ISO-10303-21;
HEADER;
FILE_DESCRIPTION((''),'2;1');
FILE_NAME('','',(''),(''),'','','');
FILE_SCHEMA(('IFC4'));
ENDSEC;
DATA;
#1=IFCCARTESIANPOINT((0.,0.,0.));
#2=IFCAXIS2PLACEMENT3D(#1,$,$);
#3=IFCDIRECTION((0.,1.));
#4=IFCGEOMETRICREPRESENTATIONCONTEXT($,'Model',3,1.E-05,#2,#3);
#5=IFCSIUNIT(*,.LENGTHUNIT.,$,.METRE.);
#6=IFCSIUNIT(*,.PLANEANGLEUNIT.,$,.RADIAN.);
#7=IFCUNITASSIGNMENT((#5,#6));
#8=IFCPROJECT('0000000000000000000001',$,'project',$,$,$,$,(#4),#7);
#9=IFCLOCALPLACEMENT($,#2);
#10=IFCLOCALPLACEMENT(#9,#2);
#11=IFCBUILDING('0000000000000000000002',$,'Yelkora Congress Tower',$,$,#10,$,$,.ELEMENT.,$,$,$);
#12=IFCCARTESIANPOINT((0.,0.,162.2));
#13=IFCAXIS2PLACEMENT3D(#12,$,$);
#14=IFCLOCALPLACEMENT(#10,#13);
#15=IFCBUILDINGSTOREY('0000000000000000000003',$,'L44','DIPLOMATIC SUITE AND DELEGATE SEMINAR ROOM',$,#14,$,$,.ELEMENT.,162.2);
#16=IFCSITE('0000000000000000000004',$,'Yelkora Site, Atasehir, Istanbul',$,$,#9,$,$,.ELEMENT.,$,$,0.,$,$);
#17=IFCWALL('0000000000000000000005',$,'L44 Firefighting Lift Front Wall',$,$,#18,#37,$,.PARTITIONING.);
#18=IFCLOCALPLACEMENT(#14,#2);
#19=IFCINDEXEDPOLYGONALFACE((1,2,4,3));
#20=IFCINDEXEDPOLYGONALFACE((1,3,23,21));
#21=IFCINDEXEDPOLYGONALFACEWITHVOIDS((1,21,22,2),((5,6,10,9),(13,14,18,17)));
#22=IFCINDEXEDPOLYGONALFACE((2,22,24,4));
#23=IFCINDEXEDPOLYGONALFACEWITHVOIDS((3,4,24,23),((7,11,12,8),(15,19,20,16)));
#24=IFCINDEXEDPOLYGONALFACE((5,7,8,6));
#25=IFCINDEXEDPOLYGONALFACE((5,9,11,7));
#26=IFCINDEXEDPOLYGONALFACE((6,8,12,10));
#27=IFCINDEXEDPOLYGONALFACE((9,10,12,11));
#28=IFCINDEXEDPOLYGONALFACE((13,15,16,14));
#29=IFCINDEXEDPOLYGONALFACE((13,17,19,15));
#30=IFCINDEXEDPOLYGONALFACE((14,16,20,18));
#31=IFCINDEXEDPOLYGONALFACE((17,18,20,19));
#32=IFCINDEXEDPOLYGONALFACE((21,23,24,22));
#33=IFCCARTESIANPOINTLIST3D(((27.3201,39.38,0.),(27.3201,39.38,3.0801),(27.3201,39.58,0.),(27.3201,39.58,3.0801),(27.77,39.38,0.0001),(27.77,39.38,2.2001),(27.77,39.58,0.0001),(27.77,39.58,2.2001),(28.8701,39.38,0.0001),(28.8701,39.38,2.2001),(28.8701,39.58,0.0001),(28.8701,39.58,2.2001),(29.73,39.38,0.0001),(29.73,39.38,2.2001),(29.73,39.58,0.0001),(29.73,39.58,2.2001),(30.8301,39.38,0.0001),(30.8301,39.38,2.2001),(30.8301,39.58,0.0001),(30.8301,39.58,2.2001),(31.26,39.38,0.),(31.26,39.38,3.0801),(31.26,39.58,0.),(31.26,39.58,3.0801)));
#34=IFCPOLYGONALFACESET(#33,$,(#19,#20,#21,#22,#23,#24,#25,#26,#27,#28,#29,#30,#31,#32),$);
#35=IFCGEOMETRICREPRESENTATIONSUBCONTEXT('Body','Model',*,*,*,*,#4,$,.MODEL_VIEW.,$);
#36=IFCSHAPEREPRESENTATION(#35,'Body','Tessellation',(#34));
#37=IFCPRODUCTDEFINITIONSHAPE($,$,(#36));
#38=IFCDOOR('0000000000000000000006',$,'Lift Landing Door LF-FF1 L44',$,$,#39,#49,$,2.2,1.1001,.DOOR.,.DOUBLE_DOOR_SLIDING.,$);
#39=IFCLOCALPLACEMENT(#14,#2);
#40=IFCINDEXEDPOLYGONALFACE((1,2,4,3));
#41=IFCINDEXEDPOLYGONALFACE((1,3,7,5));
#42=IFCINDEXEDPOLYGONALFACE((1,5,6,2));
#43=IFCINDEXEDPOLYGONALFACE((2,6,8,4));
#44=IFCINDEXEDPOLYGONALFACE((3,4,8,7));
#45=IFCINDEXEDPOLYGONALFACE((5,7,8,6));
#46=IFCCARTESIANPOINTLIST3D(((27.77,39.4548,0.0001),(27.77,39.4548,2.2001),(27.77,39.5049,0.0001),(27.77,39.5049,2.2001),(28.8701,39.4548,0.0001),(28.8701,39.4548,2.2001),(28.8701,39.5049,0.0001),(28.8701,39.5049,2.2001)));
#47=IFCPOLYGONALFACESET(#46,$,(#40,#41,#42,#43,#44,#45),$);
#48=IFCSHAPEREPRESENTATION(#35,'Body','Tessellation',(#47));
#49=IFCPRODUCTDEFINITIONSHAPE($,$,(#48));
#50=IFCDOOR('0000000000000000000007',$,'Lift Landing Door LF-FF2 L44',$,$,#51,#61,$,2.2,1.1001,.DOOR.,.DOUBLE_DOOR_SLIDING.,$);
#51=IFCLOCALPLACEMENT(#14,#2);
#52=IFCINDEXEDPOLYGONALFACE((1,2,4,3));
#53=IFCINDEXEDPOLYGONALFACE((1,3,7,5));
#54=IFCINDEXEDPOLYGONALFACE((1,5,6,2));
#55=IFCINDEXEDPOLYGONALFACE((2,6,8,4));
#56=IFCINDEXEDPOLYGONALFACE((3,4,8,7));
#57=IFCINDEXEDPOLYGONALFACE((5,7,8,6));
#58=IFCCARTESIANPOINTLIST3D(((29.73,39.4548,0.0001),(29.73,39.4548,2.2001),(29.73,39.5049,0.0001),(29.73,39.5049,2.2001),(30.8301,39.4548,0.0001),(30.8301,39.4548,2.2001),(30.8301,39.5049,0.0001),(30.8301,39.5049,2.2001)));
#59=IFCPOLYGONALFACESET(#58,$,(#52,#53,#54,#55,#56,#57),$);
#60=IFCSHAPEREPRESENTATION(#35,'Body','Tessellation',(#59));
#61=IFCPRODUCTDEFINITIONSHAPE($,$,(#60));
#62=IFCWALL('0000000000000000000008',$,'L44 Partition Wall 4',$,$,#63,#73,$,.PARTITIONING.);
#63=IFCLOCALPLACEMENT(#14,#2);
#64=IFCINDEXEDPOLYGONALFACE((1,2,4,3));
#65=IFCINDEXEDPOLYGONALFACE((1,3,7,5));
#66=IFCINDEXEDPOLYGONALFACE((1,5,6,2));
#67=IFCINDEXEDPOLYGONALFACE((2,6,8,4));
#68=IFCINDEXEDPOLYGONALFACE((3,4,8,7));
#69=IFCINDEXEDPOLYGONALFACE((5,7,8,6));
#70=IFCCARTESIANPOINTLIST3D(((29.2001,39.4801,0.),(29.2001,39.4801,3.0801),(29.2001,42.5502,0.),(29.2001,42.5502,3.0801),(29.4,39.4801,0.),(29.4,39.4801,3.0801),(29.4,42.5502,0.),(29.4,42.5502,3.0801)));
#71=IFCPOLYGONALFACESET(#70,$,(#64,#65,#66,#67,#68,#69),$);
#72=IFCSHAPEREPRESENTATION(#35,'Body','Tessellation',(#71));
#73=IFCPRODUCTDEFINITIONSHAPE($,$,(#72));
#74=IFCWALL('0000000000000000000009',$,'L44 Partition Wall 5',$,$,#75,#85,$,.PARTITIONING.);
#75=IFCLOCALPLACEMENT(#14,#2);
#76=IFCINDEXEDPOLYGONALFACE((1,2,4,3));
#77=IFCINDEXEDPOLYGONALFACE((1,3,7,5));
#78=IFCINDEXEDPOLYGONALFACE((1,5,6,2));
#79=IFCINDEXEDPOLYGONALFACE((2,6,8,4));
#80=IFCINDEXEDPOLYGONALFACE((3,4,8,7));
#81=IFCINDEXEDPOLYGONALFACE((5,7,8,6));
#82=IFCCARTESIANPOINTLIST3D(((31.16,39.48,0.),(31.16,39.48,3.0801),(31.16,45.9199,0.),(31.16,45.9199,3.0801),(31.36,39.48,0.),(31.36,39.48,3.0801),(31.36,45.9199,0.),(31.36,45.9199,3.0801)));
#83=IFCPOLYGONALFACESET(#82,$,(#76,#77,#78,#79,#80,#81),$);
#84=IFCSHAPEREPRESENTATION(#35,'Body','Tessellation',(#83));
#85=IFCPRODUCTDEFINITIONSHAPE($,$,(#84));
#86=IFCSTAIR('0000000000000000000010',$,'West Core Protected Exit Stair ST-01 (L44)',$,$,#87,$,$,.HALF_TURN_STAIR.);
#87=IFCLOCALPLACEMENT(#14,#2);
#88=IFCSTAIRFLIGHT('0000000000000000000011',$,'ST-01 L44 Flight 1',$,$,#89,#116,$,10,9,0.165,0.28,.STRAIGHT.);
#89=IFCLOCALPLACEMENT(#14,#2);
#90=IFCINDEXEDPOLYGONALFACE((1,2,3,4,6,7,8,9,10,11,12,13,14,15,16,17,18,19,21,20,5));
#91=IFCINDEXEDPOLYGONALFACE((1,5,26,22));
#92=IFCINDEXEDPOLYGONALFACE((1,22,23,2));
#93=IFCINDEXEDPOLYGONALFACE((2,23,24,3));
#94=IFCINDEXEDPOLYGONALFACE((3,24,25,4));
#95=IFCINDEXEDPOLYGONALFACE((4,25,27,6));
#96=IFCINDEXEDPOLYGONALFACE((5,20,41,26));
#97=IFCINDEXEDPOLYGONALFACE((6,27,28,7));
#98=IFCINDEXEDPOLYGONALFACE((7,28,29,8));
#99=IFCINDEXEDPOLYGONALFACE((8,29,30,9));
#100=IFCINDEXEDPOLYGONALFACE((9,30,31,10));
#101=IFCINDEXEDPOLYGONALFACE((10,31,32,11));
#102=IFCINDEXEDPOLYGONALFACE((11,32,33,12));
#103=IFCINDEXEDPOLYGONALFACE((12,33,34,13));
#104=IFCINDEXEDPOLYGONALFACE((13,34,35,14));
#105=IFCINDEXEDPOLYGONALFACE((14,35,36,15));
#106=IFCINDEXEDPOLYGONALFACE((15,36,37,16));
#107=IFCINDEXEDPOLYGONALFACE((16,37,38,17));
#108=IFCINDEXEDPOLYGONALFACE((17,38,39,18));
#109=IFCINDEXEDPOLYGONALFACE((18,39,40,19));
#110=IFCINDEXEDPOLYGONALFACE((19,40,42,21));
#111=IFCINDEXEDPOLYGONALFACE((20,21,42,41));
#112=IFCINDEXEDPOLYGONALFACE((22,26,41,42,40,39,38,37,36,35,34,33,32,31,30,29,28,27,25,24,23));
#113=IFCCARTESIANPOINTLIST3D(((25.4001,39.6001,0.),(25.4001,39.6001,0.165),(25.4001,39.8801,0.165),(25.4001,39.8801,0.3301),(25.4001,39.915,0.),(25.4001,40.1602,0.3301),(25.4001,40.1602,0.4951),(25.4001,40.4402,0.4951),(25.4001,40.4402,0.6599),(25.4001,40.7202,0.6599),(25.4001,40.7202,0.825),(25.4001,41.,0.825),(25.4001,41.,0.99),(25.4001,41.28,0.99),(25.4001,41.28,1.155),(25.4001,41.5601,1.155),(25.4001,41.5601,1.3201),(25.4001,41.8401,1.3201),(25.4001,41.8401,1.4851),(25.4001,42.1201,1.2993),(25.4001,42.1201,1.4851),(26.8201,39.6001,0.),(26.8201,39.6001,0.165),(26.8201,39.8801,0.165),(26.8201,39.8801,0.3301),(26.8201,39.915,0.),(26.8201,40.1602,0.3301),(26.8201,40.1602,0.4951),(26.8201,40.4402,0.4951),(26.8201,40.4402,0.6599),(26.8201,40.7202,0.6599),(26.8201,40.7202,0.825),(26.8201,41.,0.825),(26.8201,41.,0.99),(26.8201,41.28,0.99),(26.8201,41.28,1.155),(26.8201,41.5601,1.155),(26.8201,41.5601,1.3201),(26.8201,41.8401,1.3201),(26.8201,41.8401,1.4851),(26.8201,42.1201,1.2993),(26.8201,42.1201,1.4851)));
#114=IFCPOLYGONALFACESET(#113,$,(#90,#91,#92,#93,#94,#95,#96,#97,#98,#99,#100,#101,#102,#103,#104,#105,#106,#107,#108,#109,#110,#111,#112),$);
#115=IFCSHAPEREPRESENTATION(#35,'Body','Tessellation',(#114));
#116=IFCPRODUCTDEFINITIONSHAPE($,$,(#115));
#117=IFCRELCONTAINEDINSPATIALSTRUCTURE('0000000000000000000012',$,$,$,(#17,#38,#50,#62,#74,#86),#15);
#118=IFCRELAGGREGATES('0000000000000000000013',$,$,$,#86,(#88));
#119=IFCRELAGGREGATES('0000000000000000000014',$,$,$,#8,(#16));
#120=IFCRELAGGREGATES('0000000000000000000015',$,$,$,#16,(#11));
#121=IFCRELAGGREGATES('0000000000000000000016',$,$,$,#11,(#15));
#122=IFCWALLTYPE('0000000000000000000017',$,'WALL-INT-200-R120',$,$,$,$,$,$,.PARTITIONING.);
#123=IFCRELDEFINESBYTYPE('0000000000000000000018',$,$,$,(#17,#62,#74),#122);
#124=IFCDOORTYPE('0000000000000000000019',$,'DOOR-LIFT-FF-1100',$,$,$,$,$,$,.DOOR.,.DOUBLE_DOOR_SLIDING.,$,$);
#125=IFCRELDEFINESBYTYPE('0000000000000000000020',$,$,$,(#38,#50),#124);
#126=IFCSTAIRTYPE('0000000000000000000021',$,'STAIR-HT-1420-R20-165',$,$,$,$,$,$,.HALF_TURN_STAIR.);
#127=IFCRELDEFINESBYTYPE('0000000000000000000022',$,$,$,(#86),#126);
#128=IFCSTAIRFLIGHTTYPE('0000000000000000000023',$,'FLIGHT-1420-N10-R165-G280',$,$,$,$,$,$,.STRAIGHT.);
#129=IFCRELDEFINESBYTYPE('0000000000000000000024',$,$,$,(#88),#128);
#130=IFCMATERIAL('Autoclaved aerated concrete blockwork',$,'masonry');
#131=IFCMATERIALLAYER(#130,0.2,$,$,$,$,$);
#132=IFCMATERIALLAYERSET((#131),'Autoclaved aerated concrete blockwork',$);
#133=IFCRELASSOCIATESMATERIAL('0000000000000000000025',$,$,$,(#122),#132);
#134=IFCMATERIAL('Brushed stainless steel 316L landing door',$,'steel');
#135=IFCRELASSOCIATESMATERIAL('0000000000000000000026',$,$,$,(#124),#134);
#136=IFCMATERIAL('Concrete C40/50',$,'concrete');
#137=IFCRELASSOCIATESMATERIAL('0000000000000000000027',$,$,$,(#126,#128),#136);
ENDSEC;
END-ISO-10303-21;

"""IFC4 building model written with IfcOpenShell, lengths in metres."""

from ifc_helpers import new_model, si_unit, direction, frame, frame_2d, origin, place, context, subcontext, project, spatial, polyline, rectangle, outline, extrude, material, layer, layer_set, type_object, element, fill, aggregate, save


model = new_model("IFC4")

# Units and contexts
model_context = context("Model", 3, precision=1e-05, world=origin(), true_north=direction((0.0, 1.0)))
body_context = subcontext(model_context, "Body", "Model", "MODEL_VIEW")
ifc_project = project(units=[si_unit("LENGTHUNIT", "METRE"), si_unit("PLANEANGLEUNIT", "RADIAN")], contexts=[model_context])

# Site, building, storey
site_placement = place(None, origin())
site = spatial("IfcSite", under=ifc_project, at=site_placement, Name="Yelkora Site, Atasehir, Istanbul", CompositionType="ELEMENT", RefElevation=0.0)
building_placement = place(site_placement, origin())
building = spatial("IfcBuilding", under=site, at=building_placement, Name="Yelkora Congress Tower", CompositionType="ELEMENT")
storey_placement = place(building_placement, frame((0.0, 0.0, 162.2)))
storey = spatial("IfcBuildingStorey", under=building, at=storey_placement, Name="L44", Description="DIPLOMATIC SUITE AND DELEGATE SEMINAR ROOM", CompositionType="ELEMENT", Elevation=162.2)

# Shared definitions
ifc_material_1 = material(Name="Autoclaved aerated concrete blockwork", Category="masonry")
ifc_layer_1 = layer(ifc_material_1, 0.2)
ifc_layer_set_1 = layer_set([ifc_layer_1], Name="Autoclaved aerated concrete blockwork")
wall_type_1 = type_object("IfcWallType", Name="WALL-INT-200-R120", PredefinedType="PARTITIONING", material=ifc_layer_set_1)

# Wall, openings, doors
wall_1_placement = place(storey_placement, frame((27.3201, 39.48, 0.0), z_axis=(0.0, 0.0, 1.0), x_axis=(1.0, 0.0, 0.0)))
wall_1 = element("IfcWall", 1, at=wall_1_placement, inside=storey, type_object=wall_type_1, Name="L44 Firefighting Lift Front Wall", PredefinedType="PARTITIONING", context=body_context, shape_type="SweptSolid", body=[
    extrude(rectangle(XDim=3.9399, YDim=0.2, at=frame_2d((1.97, 0.0))), origin(), (0.0, 0.0, 1.0), 3.0801),
])
opening_1_placement = place(wall_1_placement, frame((0.45, 0.0, 0.0)))
opening_1 = element("IfcOpeningElement", 2, at=opening_1_placement, cuts=wall_1, PredefinedType="OPENING", context=body_context, shape_type="SweptSolid", body=[
    extrude(rectangle(XDim=1.1001, YDim=2.2, at=frame_2d((0.55, 1.1001))), frame((0.0, 0.1099, 0.0), z_axis=(0.0, -1.0, 0.0), x_axis=(1.0, 0.0, 0.0)), (0.0, 0.0, 1.0), 0.22),
])
opening_2_placement = place(wall_1_placement, frame((2.4099, 0.0, 0.0)))
opening_2 = element("IfcOpeningElement", 3, at=opening_2_placement, cuts=wall_1, PredefinedType="OPENING", context=body_context, shape_type="SweptSolid", body=[
    extrude(rectangle(XDim=1.1001, YDim=2.2, at=frame_2d((0.55, 1.1001))), frame((0.0, 0.1099, 0.0), z_axis=(0.0, -1.0, 0.0), x_axis=(1.0, 0.0, 0.0)), (0.0, 0.0, 1.0), 0.22),
])
ifc_material_2 = material(Name="Brushed stainless steel 316L landing door", Category="steel")
door_type_1 = type_object("IfcDoorType", Name="DOOR-LIFT-FF-1100", OperationType="DOUBLE_DOOR_SLIDING", PredefinedType="DOOR", material=ifc_material_2)
door_1_placement = place(opening_1_placement, origin())
door_1 = element("IfcDoor", 4, at=door_1_placement, inside=storey, type_object=door_type_1, Name="Lift Landing Door LF-FF1 L44", OperationType="DOUBLE_DOOR_SLIDING", OverallHeight=2.2, OverallWidth=1.1001, PredefinedType="DOOR", context=body_context, shape_type="SweptSolid", body=[
    extrude(rectangle(XDim=1.1001, YDim=2.2, at=frame_2d((0.55, 1.1001))), frame((0.0, 0.0249, 0.0), z_axis=(0.0, -1.0, 0.0), x_axis=(1.0, 0.0, 0.0)), (0.0, 0.0, 1.0), 0.05),
])
fill(opening_1, door_1)
door_2_placement = place(opening_2_placement, origin())
door_2 = element("IfcDoor", 5, at=door_2_placement, inside=storey, type_object=door_type_1, Name="Lift Landing Door LF-FF2 L44", OperationType="DOUBLE_DOOR_SLIDING", OverallHeight=2.2, OverallWidth=1.1001, PredefinedType="DOOR", context=body_context, shape_type="SweptSolid", body=[
    extrude(rectangle(XDim=1.1001, YDim=2.2, at=frame_2d((0.55, 1.1001))), frame((0.0, 0.0249, 0.0), z_axis=(0.0, -1.0, 0.0), x_axis=(1.0, 0.0, 0.0)), (0.0, 0.0, 1.0), 0.05),
])
fill(opening_2, door_2)

# Walls
wall_2_placement = place(storey_placement, frame((29.3, 39.48, 0.0), z_axis=(0.0, 0.0, 1.0), x_axis=(0.0, 1.0, 0.0)))
element("IfcWall", 6, at=wall_2_placement, inside=storey, type_object=wall_type_1, Name="L44 Partition Wall 4", PredefinedType="PARTITIONING", context=body_context, shape_type="SweptSolid", body=[
    extrude(rectangle(XDim=3.0701, YDim=0.2, at=frame_2d((1.5352, 0.0))), origin(), (0.0, 0.0, 1.0), 3.0801),
])
wall_3_placement = place(storey_placement, frame((31.26, 39.48, 0.0), z_axis=(0.0, 0.0, 1.0), x_axis=(0.0, 1.0, 0.0)))
element("IfcWall", 7, at=wall_3_placement, inside=storey, type_object=wall_type_1, Name="L44 Partition Wall 5", PredefinedType="PARTITIONING", context=body_context, shape_type="SweptSolid", body=[
    extrude(rectangle(XDim=6.4399, YDim=0.2, at=frame_2d((3.22, 0.0))), origin(), (0.0, 0.0, 1.0), 3.0801),
])

# Stair, stair flight
ifc_material_3 = material(Name="Concrete C40/50", Category="concrete")
stair_type = type_object("IfcStairType", Name="STAIR-HT-1420-R20-165", PredefinedType="HALF_TURN_STAIR", material=ifc_material_3)
stair_placement = place(storey_placement, origin())
stair = element("IfcStair", 8, at=stair_placement, inside=storey, type_object=stair_type, Name="West Core Protected Exit Stair ST-01 (L44)", PredefinedType="HALF_TURN_STAIR")
stair_flight_type = type_object("IfcStairFlightType", Name="FLIGHT-1420-N10-R165-G280", PredefinedType="STRAIGHT", material=ifc_material_3)
stair_flight_placement = place(storey_placement, frame((26.1101, 39.6001, 0.0), z_axis=(0.0, 0.0, 1.0), x_axis=(0.0, 1.0, 0.0)))
stair_flight = element("IfcStairFlight", 9, at=stair_flight_placement, type_object=stair_flight_type, Name="ST-01 L44 Flight 1", NumberOfRisers=10, NumberOfTreads=9, PredefinedType="STRAIGHT", RiserHeight=0.165, TreadLength=0.28, context=body_context, shape_type="SweptSolid", body=[
    extrude(outline(polyline([(0.0, 0.0), (0.0, 0.165), (0.28, 0.165), (0.28, 0.3301), (0.5601, 0.3301), (0.5601, 0.4951), (0.8401, 0.4951), (0.8401, 0.6599), (1.1201, 0.6599), (1.1201, 0.825), (1.3999, 0.825), (1.3999, 0.99), (1.6799, 0.99), (1.6799, 1.155), (1.96, 1.155), (1.96, 1.3201), (2.24, 1.3201), (2.24, 1.4851), (2.52, 1.4851), (2.52, 1.6499), (2.52, 1.2993), (0.3149, 0.0), (0.0, 0.0)])), frame((0.0, 0.71, 0.0), z_axis=(0.0, -1.0, 0.0), x_axis=(1.0, 0.0, 0.0)), (0.0, 0.0, 1.0), 1.4199),
])
aggregate(stair, [stair_flight])

save(model, "model.ifc")
